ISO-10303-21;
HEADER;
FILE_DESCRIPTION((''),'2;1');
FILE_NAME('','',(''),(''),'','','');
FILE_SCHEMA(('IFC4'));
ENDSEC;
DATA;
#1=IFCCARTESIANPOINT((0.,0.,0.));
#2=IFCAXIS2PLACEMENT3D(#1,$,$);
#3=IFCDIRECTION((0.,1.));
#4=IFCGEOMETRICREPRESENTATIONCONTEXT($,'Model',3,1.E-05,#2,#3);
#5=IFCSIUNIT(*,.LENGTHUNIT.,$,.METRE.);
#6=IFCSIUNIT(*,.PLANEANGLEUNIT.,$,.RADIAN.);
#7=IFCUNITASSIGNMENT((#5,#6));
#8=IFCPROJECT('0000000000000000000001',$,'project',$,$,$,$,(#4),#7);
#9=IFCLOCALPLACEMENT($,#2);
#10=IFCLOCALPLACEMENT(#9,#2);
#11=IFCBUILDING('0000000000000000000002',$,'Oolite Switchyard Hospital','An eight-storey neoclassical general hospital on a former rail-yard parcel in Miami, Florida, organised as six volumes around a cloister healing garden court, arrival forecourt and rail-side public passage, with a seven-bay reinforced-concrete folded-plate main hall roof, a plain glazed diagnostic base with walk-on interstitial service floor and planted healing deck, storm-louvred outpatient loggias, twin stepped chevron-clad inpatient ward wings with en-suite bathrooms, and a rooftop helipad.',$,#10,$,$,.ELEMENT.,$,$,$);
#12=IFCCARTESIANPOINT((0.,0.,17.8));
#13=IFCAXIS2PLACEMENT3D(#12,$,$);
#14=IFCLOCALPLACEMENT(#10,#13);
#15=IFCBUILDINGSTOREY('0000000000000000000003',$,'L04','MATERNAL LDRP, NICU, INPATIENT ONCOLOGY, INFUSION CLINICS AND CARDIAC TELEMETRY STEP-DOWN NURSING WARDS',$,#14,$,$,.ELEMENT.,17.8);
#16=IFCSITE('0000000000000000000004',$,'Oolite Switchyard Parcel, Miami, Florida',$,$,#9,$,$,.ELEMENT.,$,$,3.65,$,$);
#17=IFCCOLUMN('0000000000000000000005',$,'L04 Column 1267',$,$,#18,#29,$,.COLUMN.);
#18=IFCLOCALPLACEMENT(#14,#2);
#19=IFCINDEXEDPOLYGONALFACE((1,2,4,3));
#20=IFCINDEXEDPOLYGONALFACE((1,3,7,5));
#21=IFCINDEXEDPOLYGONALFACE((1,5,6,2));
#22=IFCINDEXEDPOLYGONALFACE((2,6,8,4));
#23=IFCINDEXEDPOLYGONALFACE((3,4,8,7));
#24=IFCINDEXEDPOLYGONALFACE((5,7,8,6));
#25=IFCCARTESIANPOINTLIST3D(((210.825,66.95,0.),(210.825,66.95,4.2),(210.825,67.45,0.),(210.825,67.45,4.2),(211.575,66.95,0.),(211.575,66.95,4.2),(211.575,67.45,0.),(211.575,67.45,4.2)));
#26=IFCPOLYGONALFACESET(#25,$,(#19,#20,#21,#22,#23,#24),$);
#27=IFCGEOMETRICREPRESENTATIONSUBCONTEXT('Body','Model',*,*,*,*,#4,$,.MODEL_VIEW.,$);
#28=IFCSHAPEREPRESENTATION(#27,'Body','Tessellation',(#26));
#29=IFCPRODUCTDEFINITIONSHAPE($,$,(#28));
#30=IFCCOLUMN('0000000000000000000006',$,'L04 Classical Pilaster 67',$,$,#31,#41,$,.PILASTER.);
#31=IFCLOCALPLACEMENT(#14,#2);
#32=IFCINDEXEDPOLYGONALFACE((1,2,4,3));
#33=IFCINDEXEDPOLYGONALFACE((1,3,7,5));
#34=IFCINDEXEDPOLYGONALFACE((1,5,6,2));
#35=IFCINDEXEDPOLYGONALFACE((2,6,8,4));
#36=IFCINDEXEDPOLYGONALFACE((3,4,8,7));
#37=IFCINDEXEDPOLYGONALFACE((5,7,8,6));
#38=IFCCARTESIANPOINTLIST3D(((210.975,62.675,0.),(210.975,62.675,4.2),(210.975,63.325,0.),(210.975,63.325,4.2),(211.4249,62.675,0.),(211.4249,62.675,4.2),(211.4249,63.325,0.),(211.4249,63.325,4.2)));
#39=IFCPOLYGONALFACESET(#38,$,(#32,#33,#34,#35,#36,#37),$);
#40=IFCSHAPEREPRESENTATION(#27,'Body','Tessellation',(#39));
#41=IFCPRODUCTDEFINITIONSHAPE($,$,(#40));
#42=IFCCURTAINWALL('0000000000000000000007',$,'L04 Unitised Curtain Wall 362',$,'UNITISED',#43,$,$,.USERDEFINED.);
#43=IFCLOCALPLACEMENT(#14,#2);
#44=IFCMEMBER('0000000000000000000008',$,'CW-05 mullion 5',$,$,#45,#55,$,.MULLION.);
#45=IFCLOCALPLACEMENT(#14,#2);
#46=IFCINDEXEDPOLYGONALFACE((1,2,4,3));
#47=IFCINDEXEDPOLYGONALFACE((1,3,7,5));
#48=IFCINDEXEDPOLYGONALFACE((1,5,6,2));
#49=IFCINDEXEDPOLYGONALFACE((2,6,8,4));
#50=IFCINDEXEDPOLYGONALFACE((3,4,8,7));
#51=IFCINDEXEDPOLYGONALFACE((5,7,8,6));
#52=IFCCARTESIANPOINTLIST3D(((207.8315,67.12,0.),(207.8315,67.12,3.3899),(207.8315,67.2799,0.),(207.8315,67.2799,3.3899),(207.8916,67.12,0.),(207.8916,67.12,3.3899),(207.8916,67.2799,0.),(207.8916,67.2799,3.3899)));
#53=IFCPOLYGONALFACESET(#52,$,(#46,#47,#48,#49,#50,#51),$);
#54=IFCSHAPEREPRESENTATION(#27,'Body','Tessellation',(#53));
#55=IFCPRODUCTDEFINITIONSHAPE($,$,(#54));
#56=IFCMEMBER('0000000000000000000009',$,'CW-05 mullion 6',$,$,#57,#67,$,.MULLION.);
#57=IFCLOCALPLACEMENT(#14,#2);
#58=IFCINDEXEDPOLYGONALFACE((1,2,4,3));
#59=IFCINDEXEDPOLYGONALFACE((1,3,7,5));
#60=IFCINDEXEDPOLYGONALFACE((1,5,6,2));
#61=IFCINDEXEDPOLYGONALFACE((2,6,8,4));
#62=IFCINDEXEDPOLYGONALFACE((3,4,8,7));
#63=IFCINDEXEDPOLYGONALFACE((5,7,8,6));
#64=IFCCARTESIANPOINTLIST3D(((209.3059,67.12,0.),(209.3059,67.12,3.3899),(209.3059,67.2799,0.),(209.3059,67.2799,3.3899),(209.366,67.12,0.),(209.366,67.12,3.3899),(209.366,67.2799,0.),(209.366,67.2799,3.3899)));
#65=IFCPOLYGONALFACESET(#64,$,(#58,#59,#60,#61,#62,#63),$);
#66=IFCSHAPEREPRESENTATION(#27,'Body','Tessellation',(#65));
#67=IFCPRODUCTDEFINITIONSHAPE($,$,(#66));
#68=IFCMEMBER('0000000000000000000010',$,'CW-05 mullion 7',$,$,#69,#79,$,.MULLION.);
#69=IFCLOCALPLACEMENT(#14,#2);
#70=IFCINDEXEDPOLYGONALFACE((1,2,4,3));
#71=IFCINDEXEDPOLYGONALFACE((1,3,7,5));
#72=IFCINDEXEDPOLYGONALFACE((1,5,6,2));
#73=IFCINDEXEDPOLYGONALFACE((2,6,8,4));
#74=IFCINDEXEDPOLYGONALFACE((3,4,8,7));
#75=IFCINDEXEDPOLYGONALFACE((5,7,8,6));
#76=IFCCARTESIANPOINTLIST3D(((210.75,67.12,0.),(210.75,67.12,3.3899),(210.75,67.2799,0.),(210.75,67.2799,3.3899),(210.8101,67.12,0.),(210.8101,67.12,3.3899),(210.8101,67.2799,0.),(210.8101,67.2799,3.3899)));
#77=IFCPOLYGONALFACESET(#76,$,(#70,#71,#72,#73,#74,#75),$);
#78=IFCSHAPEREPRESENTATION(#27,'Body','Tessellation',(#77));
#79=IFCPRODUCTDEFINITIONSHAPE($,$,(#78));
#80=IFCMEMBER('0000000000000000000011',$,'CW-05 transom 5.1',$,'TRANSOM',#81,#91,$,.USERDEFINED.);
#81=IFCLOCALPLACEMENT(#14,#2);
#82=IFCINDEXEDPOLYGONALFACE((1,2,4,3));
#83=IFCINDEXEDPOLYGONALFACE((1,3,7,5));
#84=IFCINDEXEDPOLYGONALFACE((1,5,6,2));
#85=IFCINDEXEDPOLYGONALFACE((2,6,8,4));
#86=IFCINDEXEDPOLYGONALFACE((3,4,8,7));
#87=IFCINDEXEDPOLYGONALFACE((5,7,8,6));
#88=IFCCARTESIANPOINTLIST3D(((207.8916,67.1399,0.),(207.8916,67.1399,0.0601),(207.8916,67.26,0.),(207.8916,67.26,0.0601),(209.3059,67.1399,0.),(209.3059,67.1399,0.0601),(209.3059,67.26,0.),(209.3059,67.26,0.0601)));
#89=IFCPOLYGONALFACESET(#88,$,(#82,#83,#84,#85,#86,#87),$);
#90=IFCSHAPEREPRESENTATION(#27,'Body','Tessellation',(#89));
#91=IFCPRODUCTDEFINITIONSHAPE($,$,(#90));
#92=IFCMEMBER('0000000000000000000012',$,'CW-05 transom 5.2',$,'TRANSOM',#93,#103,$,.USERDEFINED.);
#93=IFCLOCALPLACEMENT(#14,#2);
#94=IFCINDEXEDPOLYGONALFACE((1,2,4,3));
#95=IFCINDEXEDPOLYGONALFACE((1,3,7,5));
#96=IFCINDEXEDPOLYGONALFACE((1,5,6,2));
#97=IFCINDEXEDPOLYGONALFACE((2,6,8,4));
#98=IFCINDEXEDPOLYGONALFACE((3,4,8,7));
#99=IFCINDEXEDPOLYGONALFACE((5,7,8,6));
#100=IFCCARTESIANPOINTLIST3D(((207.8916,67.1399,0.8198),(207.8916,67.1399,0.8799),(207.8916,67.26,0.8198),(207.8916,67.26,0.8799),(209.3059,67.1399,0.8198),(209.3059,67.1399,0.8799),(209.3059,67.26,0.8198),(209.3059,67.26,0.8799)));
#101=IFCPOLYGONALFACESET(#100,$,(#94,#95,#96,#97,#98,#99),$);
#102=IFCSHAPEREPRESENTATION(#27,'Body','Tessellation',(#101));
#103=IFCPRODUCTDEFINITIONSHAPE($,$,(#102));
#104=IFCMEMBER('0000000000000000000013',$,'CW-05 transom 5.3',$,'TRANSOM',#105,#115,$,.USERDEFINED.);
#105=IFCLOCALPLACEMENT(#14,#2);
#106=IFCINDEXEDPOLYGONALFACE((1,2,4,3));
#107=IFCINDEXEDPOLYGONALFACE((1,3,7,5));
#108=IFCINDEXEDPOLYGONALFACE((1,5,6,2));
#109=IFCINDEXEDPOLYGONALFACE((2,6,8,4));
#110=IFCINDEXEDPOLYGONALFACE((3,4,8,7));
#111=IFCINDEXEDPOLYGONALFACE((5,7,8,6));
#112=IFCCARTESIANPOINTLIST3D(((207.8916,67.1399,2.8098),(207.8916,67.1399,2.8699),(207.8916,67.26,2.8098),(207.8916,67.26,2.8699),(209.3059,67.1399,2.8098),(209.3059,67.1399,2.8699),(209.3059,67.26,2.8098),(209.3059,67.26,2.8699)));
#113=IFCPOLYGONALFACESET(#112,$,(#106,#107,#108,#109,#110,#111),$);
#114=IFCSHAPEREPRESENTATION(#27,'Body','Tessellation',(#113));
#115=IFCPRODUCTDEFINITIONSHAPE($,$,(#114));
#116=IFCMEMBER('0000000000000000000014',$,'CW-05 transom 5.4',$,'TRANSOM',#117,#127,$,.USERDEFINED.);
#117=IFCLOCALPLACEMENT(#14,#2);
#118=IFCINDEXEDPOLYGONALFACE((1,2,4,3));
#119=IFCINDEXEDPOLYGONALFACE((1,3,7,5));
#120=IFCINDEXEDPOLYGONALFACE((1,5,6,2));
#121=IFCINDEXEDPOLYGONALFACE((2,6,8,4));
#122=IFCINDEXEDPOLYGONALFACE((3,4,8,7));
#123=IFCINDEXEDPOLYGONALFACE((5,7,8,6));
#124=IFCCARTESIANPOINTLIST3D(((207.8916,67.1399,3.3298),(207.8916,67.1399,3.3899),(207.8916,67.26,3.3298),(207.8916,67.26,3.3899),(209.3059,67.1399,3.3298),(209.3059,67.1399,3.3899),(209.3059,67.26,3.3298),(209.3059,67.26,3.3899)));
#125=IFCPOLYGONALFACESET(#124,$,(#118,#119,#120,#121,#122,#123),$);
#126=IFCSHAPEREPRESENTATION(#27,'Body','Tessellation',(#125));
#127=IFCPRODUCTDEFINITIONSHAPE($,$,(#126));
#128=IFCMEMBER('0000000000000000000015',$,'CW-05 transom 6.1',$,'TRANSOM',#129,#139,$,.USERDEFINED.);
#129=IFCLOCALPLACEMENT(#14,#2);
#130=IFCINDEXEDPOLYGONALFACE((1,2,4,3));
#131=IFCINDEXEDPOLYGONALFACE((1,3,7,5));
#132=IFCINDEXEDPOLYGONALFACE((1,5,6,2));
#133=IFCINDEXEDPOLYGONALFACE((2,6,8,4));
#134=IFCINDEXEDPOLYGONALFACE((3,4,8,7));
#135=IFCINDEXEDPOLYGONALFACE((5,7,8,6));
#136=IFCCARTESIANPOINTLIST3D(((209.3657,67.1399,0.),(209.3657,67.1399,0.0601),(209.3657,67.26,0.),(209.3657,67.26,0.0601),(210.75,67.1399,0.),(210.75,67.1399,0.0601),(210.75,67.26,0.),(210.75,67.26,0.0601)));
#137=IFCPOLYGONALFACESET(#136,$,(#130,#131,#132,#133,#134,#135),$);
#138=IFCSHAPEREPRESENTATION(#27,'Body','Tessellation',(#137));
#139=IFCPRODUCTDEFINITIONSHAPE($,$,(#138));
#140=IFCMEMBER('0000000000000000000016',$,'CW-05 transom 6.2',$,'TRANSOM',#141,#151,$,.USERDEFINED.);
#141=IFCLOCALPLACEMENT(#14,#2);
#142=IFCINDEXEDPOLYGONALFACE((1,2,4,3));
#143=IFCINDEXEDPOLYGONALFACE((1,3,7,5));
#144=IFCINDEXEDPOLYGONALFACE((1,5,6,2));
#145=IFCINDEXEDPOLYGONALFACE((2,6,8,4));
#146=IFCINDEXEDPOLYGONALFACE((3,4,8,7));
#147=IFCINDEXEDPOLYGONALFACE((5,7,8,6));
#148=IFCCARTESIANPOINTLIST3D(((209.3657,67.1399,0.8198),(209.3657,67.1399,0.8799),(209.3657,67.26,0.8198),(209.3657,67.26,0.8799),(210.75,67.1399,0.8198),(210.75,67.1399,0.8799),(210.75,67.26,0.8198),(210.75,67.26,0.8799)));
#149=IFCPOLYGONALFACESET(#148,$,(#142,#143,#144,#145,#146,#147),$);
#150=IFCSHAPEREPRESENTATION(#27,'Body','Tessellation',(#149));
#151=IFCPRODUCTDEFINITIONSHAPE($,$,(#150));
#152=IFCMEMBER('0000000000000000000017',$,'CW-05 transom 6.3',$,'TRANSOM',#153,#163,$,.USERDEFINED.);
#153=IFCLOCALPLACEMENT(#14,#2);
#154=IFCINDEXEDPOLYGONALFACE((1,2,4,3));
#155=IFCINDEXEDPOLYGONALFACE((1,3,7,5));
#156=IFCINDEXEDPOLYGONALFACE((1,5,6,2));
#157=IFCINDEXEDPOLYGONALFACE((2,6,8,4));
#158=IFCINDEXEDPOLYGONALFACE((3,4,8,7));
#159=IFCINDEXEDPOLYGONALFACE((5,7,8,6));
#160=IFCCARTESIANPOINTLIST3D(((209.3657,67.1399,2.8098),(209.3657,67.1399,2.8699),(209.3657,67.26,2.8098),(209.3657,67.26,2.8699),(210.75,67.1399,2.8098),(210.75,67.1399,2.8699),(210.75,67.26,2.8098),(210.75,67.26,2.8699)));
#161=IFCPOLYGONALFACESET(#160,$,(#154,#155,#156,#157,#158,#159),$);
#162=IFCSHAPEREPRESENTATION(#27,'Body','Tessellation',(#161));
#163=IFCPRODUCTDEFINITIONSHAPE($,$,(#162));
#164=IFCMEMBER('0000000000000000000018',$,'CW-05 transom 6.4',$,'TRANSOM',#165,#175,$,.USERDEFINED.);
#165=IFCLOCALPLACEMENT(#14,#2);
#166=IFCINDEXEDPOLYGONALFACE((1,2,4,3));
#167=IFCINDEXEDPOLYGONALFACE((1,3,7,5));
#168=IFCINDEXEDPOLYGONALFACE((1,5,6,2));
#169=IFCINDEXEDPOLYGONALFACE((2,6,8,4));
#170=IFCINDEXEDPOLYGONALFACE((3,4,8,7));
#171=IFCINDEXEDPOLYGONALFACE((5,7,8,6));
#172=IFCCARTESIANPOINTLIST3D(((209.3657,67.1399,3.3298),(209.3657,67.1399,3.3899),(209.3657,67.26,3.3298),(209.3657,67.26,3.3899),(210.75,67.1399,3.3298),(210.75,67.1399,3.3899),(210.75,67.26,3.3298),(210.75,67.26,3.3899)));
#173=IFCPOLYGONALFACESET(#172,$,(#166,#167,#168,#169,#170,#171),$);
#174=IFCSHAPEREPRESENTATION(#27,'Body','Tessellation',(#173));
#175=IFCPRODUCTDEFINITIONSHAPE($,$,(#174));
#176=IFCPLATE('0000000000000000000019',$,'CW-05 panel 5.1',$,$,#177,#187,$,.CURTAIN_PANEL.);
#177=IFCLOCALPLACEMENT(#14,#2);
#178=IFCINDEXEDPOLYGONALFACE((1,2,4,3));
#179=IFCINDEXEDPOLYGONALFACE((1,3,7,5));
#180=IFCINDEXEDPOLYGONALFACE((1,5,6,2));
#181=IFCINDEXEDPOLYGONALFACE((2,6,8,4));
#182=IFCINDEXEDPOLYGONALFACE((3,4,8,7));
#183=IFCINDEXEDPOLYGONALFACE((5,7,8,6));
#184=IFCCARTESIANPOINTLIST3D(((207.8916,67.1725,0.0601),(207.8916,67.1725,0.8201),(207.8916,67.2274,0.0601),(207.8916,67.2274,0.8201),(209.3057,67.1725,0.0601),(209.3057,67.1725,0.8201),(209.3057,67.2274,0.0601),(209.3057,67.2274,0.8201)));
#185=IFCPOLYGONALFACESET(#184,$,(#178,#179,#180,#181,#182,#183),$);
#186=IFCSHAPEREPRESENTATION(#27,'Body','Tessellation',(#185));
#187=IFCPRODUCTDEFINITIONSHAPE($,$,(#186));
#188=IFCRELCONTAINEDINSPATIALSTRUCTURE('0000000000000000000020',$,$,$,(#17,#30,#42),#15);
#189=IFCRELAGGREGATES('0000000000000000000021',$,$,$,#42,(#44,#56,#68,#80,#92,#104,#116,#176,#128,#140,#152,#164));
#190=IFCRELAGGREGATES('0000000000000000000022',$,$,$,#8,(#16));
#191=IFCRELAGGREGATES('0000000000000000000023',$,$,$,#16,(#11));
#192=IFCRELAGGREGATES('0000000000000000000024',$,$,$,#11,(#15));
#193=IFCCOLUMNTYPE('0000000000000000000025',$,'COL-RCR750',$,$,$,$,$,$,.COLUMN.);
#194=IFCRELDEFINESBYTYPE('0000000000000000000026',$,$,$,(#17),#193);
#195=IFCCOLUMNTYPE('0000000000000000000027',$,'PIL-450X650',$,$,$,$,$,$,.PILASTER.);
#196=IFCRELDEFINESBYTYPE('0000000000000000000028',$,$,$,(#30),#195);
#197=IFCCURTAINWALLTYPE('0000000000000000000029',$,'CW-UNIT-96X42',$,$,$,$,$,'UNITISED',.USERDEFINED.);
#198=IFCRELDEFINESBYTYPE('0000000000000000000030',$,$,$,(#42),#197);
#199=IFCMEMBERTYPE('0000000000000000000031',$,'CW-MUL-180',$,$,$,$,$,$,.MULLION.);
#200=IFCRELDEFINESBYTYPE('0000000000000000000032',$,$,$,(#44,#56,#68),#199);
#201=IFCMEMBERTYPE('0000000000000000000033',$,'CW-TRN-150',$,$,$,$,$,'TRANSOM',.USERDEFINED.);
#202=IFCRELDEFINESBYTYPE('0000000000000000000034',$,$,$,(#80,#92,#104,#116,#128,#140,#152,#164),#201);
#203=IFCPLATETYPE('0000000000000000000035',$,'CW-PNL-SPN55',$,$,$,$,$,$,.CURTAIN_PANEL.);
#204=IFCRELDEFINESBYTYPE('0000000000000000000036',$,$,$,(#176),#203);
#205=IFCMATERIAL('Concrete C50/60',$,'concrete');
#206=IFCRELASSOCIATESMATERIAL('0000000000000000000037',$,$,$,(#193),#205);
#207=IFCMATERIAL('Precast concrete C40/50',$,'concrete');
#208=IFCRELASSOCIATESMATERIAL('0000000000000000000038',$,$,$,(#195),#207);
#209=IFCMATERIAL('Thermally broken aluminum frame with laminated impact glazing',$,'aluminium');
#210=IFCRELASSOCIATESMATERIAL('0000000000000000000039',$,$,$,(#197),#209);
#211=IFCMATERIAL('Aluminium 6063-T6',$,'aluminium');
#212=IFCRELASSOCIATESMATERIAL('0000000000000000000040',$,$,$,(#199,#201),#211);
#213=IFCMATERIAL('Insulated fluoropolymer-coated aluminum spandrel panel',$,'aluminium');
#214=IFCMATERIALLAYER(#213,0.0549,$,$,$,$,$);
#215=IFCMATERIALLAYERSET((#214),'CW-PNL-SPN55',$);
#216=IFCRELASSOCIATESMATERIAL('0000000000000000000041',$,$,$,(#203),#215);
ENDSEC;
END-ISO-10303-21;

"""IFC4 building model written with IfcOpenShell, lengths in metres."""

from ifc_helpers import new_model, si_unit, direction, frame, origin, origin_2d, place, context, subcontext, project, spatial, rectangle, extrude, material, layer, layer_set, material_profile, profile_set, type_object, element, aggregate, save


model = new_model("IFC4")

# Units and contexts
model_context = context("Model", 3, precision=1e-05, world=origin(), true_north=direction((0.0, 1.0)))
body_context = subcontext(model_context, "Body", "Model", "MODEL_VIEW")
ifc_project = project(units=[si_unit("LENGTHUNIT", "METRE"), si_unit("PLANEANGLEUNIT", "RADIAN")], contexts=[model_context])

# Site, building, storey
site_placement = place(None, origin())
site = spatial("IfcSite", under=ifc_project, at=site_placement, Name="Oolite Switchyard Parcel, Miami, Florida", CompositionType="ELEMENT", RefElevation=3.65)
building_placement = place(site_placement, origin())
building = spatial("IfcBuilding", under=site, at=building_placement, Name="Oolite Switchyard Hospital", Description="An eight-storey neoclassical general hospital on a former rail-yard parcel in Miami, Florida, organised as six volumes around a cloister healing garden court, arrival forecourt and rail-side public passage, with a seven-bay reinforced-concrete folded-plate main hall roof, a plain glazed diagnostic base with walk-on interstitial service floor and planted healing deck, storm-louvred outpatient loggias, twin stepped chevron-clad inpatient ward wings with en-suite bathrooms, and a rooftop helipad.", CompositionType="ELEMENT")
storey_placement = place(building_placement, frame((0.0, 0.0, 17.8)))
storey = spatial("IfcBuildingStorey", under=building, at=storey_placement, Name="L04", Description="MATERNAL LDRP, NICU, INPATIENT ONCOLOGY, INFUSION CLINICS AND CARDIAC TELEMETRY STEP-DOWN NURSING WARDS", CompositionType="ELEMENT", Elevation=17.8)

# Columns
ifc_material_1 = material(Name="Concrete C50/60", Category="concrete")
ifc_material_profile_1 = material_profile(ifc_material_1, rectangle(XDim=0.75, YDim=0.5, at=origin_2d()), Name="RC750X500")
ifc_profile_set_1 = profile_set([ifc_material_profile_1], Name="Concrete C50/60")
column_type_1 = type_object("IfcColumnType", Name="COL-RCR750", PredefinedType="COLUMN", material=ifc_profile_set_1)
column_1_placement = place(storey_placement, frame((211.2, 67.2, 0.0), z_axis=(0.0, 0.0, 1.0), x_axis=(1.0, 0.0, 0.0)))
element("IfcColumn", 1, at=column_1_placement, inside=storey, type_object=column_type_1, Name="L04 Column 1267", PredefinedType="COLUMN", context=body_context, shape_type="SweptSolid", body=[
    extrude(rectangle(XDim=0.75, YDim=0.5, at=origin_2d()), origin(), (0.0, 0.0, 1.0), 4.2),
])
ifc_material_2 = material(Name="Precast concrete C40/50", Category="concrete")
ifc_material_profile_2 = material_profile(ifc_material_2, rectangle(XDim=0.45, YDim=0.6499, at=origin_2d()), Name="PIL450X650")
ifc_profile_set_2 = profile_set([ifc_material_profile_2], Name="Precast concrete C40/50")
column_type_2 = type_object("IfcColumnType", Name="PIL-450X650", PredefinedType="PILASTER", material=ifc_profile_set_2)
column_2_placement = place(storey_placement, frame((211.2, 63.0, 0.0), z_axis=(0.0, 0.0, 1.0), x_axis=(1.0, 0.0, 0.0)))
element("IfcColumn", 2, at=column_2_placement, inside=storey, type_object=column_type_2, Name="L04 Classical Pilaster 67", PredefinedType="PILASTER", context=body_context, shape_type="SweptSolid", body=[
    extrude(rectangle(XDim=0.45, YDim=0.6499, at=origin_2d()), origin(), (0.0, 0.0, 1.0), 4.2),
])

# Curtain wall, members, plate
ifc_material_3 = material(Name="Thermally broken aluminum frame with laminated impact glazing", Category="aluminium")
curtain_wall_type = type_object("IfcCurtainWallType", Name="CW-UNIT-96X42", ElementType="UNITISED", PredefinedType="USERDEFINED", material=ifc_material_3)
curtain_wall_placement = place(storey_placement, origin())
curtain_wall = element("IfcCurtainWall", 3, at=curtain_wall_placement, inside=storey, type_object=curtain_wall_type, Name="L04 Unitised Curtain Wall 362", ObjectType="UNITISED", PredefinedType="USERDEFINED")
ifc_material_4 = material(Name="Aluminium 6063-T6", Category="aluminium")
ifc_material_profile_3 = material_profile(ifc_material_4, rectangle(XDim=0.1599, YDim=0.0601, at=origin_2d()), Name="CWM60X160")
ifc_profile_set_3 = profile_set([ifc_material_profile_3], Name="Aluminium 6063-T6")
member_type_1 = type_object("IfcMemberType", Name="CW-MUL-180", PredefinedType="MULLION", material=ifc_profile_set_3)
member_1_placement = place(storey_placement, frame((207.8616, 67.2, 0.0), z_axis=(0.0, 0.0, 1.0), x_axis=(0.0, 1.0, 0.0)))
member_1 = element("IfcMember", 4, at=member_1_placement, type_object=member_type_1, Name="CW-05 mullion 5", PredefinedType="MULLION", context=body_context, shape_type="SweptSolid", body=[
    extrude(rectangle(XDim=0.1599, YDim=0.0601, at=origin_2d()), origin(), (0.0, 0.0, 1.0), 3.3899),
])
member_2_placement = place(storey_placement, frame((209.3359, 67.2, 0.0), z_axis=(0.0, 0.0, 1.0), x_axis=(0.0, 1.0, 0.0)))
member_2 = element("IfcMember", 5, at=member_2_placement, type_object=member_type_1, Name="CW-05 mullion 6", PredefinedType="MULLION", context=body_context, shape_type="SweptSolid", body=[
    extrude(rectangle(XDim=0.1599, YDim=0.0601, at=origin_2d()), origin(), (0.0, 0.0, 1.0), 3.3899),
])
member_3_placement = place(storey_placement, frame((210.78, 67.2, 0.0), z_axis=(0.0, 0.0, 1.0), x_axis=(0.0, 1.0, 0.0)))
member_3 = element("IfcMember", 6, at=member_3_placement, type_object=member_type_1, Name="CW-05 mullion 7", PredefinedType="MULLION", context=body_context, shape_type="SweptSolid", body=[
    extrude(rectangle(XDim=0.1599, YDim=0.0601, at=origin_2d()), origin(), (0.0, 0.0, 1.0), 3.3899),
])
ifc_material_profile_4 = material_profile(ifc_material_4, rectangle(XDim=0.1201, YDim=0.0601, at=origin_2d()), Name="CWT60X120")
ifc_profile_set_4 = profile_set([ifc_material_profile_4], Name="Aluminium 6063-T6")
member_type_2 = type_object("IfcMemberType", Name="CW-TRN-150", ElementType="TRANSOM", PredefinedType="USERDEFINED", material=ifc_profile_set_4)
member_4_placement = place(storey_placement, frame((207.8916, 67.2, 0.03), z_axis=(1.0, 0.0, 0.0), x_axis=(0.0, 1.0, 0.0)))
member_4 = element("IfcMember", 7, at=member_4_placement, type_object=member_type_2, Name="CW-05 transom 5.1", ObjectType="TRANSOM", PredefinedType="USERDEFINED", context=body_context, shape_type="SweptSolid", body=[
    extrude(rectangle(XDim=0.1201, YDim=0.0601, at=origin_2d()), origin(), (0.0, 0.0, 1.0), 1.4143),
])
member_5_placement = place(storey_placement, frame((207.8916, 67.2, 0.8499), z_axis=(1.0, 0.0, 0.0), x_axis=(0.0, 1.0, 0.0)))
member_5 = element("IfcMember", 8, at=member_5_placement, type_object=member_type_2, Name="CW-05 transom 5.2", ObjectType="TRANSOM", PredefinedType="USERDEFINED", context=body_context, shape_type="SweptSolid", body=[
    extrude(rectangle(XDim=0.1201, YDim=0.0601, at=origin_2d()), origin(), (0.0, 0.0, 1.0), 1.4143),
])
member_6_placement = place(storey_placement, frame((207.8916, 67.2, 2.8398), z_axis=(1.0, 0.0, 0.0), x_axis=(0.0, 1.0, 0.0)))
member_6 = element("IfcMember", 9, at=member_6_placement, type_object=member_type_2, Name="CW-05 transom 5.3", ObjectType="TRANSOM", PredefinedType="USERDEFINED", context=body_context, shape_type="SweptSolid", body=[
    extrude(rectangle(XDim=0.1201, YDim=0.0601, at=origin_2d()), origin(), (0.0, 0.0, 1.0), 1.4143),
])
member_7_placement = place(storey_placement, frame((207.8916, 67.2, 3.3599), z_axis=(1.0, 0.0, 0.0), x_axis=(0.0, 1.0, 0.0)))
member_7 = element("IfcMember", 10, at=member_7_placement, type_object=member_type_2, Name="CW-05 transom 5.4", ObjectType="TRANSOM", PredefinedType="USERDEFINED", context=body_context, shape_type="SweptSolid", body=[
    extrude(rectangle(XDim=0.1201, YDim=0.0601, at=origin_2d()), origin(), (0.0, 0.0, 1.0), 1.4143),
])
member_8_placement = place(storey_placement, frame((209.3657, 67.2, 0.03), z_axis=(1.0, 0.0, 0.0), x_axis=(0.0, 1.0, 0.0)))
member_8 = element("IfcMember", 11, at=member_8_placement, type_object=member_type_2, Name="CW-05 transom 6.1", ObjectType="TRANSOM", PredefinedType="USERDEFINED", context=body_context, shape_type="SweptSolid", body=[
    extrude(rectangle(XDim=0.1201, YDim=0.0601, at=origin_2d()), origin(), (0.0, 0.0, 1.0), 1.3843),
])
member_9_placement = place(storey_placement, frame((209.3657, 67.2, 0.8499), z_axis=(1.0, 0.0, 0.0), x_axis=(0.0, 1.0, 0.0)))
member_9 = element("IfcMember", 12, at=member_9_placement, type_object=member_type_2, Name="CW-05 transom 6.2", ObjectType="TRANSOM", PredefinedType="USERDEFINED", context=body_context, shape_type="SweptSolid", body=[
    extrude(rectangle(XDim=0.1201, YDim=0.0601, at=origin_2d()), origin(), (0.0, 0.0, 1.0), 1.3843),
])
member_10_placement = place(storey_placement, frame((209.3657, 67.2, 2.8398), z_axis=(1.0, 0.0, 0.0), x_axis=(0.0, 1.0, 0.0)))
member_10 = element("IfcMember", 13, at=member_10_placement, type_object=member_type_2, Name="CW-05 transom 6.3", ObjectType="TRANSOM", PredefinedType="USERDEFINED", context=body_context, shape_type="SweptSolid", body=[
    extrude(rectangle(XDim=0.1201, YDim=0.0601, at=origin_2d()), origin(), (0.0, 0.0, 1.0), 1.3843),
])
member_11_placement = place(storey_placement, frame((209.3657, 67.2, 3.3599), z_axis=(1.0, 0.0, 0.0), x_axis=(0.0, 1.0, 0.0)))
member_11 = element("IfcMember", 14, at=member_11_placement, type_object=member_type_2, Name="CW-05 transom 6.4", ObjectType="TRANSOM", PredefinedType="USERDEFINED", context=body_context, shape_type="SweptSolid", body=[
    extrude(rectangle(XDim=0.1201, YDim=0.0601, at=origin_2d()), origin(), (0.0, 0.0, 1.0), 1.3843),
])
ifc_material_5 = material(Name="Insulated fluoropolymer-coated aluminum spandrel panel", Category="aluminium")
ifc_layer_1 = layer(ifc_material_5, 0.0549)
ifc_layer_set_1 = layer_set([ifc_layer_1], Name="CW-PNL-SPN55")
plate_type = type_object("IfcPlateType", Name="CW-PNL-SPN55", PredefinedType="CURTAIN_PANEL", material=ifc_layer_set_1)
plate_1_placement = place(storey_placement, frame((208.5986, 67.2, 0.0601), z_axis=(0.0, 0.0, 1.0), x_axis=(1.0, 0.0, 0.0)))
plate_1 = element("IfcPlate", 15, at=plate_1_placement, type_object=plate_type, Name="CW-05 panel 5.1", PredefinedType="CURTAIN_PANEL", context=body_context, shape_type="SweptSolid", body=[
    extrude(rectangle(XDim=1.4141, YDim=0.0549, at=origin_2d()), origin(), (0.0, 0.0, 1.0), 0.76),
])
aggregate(curtain_wall, [member_1, member_2, member_3, member_4, member_5, member_6, member_7, plate_1, member_8, member_9, member_10, member_11])

save(model, "model.ifc")
